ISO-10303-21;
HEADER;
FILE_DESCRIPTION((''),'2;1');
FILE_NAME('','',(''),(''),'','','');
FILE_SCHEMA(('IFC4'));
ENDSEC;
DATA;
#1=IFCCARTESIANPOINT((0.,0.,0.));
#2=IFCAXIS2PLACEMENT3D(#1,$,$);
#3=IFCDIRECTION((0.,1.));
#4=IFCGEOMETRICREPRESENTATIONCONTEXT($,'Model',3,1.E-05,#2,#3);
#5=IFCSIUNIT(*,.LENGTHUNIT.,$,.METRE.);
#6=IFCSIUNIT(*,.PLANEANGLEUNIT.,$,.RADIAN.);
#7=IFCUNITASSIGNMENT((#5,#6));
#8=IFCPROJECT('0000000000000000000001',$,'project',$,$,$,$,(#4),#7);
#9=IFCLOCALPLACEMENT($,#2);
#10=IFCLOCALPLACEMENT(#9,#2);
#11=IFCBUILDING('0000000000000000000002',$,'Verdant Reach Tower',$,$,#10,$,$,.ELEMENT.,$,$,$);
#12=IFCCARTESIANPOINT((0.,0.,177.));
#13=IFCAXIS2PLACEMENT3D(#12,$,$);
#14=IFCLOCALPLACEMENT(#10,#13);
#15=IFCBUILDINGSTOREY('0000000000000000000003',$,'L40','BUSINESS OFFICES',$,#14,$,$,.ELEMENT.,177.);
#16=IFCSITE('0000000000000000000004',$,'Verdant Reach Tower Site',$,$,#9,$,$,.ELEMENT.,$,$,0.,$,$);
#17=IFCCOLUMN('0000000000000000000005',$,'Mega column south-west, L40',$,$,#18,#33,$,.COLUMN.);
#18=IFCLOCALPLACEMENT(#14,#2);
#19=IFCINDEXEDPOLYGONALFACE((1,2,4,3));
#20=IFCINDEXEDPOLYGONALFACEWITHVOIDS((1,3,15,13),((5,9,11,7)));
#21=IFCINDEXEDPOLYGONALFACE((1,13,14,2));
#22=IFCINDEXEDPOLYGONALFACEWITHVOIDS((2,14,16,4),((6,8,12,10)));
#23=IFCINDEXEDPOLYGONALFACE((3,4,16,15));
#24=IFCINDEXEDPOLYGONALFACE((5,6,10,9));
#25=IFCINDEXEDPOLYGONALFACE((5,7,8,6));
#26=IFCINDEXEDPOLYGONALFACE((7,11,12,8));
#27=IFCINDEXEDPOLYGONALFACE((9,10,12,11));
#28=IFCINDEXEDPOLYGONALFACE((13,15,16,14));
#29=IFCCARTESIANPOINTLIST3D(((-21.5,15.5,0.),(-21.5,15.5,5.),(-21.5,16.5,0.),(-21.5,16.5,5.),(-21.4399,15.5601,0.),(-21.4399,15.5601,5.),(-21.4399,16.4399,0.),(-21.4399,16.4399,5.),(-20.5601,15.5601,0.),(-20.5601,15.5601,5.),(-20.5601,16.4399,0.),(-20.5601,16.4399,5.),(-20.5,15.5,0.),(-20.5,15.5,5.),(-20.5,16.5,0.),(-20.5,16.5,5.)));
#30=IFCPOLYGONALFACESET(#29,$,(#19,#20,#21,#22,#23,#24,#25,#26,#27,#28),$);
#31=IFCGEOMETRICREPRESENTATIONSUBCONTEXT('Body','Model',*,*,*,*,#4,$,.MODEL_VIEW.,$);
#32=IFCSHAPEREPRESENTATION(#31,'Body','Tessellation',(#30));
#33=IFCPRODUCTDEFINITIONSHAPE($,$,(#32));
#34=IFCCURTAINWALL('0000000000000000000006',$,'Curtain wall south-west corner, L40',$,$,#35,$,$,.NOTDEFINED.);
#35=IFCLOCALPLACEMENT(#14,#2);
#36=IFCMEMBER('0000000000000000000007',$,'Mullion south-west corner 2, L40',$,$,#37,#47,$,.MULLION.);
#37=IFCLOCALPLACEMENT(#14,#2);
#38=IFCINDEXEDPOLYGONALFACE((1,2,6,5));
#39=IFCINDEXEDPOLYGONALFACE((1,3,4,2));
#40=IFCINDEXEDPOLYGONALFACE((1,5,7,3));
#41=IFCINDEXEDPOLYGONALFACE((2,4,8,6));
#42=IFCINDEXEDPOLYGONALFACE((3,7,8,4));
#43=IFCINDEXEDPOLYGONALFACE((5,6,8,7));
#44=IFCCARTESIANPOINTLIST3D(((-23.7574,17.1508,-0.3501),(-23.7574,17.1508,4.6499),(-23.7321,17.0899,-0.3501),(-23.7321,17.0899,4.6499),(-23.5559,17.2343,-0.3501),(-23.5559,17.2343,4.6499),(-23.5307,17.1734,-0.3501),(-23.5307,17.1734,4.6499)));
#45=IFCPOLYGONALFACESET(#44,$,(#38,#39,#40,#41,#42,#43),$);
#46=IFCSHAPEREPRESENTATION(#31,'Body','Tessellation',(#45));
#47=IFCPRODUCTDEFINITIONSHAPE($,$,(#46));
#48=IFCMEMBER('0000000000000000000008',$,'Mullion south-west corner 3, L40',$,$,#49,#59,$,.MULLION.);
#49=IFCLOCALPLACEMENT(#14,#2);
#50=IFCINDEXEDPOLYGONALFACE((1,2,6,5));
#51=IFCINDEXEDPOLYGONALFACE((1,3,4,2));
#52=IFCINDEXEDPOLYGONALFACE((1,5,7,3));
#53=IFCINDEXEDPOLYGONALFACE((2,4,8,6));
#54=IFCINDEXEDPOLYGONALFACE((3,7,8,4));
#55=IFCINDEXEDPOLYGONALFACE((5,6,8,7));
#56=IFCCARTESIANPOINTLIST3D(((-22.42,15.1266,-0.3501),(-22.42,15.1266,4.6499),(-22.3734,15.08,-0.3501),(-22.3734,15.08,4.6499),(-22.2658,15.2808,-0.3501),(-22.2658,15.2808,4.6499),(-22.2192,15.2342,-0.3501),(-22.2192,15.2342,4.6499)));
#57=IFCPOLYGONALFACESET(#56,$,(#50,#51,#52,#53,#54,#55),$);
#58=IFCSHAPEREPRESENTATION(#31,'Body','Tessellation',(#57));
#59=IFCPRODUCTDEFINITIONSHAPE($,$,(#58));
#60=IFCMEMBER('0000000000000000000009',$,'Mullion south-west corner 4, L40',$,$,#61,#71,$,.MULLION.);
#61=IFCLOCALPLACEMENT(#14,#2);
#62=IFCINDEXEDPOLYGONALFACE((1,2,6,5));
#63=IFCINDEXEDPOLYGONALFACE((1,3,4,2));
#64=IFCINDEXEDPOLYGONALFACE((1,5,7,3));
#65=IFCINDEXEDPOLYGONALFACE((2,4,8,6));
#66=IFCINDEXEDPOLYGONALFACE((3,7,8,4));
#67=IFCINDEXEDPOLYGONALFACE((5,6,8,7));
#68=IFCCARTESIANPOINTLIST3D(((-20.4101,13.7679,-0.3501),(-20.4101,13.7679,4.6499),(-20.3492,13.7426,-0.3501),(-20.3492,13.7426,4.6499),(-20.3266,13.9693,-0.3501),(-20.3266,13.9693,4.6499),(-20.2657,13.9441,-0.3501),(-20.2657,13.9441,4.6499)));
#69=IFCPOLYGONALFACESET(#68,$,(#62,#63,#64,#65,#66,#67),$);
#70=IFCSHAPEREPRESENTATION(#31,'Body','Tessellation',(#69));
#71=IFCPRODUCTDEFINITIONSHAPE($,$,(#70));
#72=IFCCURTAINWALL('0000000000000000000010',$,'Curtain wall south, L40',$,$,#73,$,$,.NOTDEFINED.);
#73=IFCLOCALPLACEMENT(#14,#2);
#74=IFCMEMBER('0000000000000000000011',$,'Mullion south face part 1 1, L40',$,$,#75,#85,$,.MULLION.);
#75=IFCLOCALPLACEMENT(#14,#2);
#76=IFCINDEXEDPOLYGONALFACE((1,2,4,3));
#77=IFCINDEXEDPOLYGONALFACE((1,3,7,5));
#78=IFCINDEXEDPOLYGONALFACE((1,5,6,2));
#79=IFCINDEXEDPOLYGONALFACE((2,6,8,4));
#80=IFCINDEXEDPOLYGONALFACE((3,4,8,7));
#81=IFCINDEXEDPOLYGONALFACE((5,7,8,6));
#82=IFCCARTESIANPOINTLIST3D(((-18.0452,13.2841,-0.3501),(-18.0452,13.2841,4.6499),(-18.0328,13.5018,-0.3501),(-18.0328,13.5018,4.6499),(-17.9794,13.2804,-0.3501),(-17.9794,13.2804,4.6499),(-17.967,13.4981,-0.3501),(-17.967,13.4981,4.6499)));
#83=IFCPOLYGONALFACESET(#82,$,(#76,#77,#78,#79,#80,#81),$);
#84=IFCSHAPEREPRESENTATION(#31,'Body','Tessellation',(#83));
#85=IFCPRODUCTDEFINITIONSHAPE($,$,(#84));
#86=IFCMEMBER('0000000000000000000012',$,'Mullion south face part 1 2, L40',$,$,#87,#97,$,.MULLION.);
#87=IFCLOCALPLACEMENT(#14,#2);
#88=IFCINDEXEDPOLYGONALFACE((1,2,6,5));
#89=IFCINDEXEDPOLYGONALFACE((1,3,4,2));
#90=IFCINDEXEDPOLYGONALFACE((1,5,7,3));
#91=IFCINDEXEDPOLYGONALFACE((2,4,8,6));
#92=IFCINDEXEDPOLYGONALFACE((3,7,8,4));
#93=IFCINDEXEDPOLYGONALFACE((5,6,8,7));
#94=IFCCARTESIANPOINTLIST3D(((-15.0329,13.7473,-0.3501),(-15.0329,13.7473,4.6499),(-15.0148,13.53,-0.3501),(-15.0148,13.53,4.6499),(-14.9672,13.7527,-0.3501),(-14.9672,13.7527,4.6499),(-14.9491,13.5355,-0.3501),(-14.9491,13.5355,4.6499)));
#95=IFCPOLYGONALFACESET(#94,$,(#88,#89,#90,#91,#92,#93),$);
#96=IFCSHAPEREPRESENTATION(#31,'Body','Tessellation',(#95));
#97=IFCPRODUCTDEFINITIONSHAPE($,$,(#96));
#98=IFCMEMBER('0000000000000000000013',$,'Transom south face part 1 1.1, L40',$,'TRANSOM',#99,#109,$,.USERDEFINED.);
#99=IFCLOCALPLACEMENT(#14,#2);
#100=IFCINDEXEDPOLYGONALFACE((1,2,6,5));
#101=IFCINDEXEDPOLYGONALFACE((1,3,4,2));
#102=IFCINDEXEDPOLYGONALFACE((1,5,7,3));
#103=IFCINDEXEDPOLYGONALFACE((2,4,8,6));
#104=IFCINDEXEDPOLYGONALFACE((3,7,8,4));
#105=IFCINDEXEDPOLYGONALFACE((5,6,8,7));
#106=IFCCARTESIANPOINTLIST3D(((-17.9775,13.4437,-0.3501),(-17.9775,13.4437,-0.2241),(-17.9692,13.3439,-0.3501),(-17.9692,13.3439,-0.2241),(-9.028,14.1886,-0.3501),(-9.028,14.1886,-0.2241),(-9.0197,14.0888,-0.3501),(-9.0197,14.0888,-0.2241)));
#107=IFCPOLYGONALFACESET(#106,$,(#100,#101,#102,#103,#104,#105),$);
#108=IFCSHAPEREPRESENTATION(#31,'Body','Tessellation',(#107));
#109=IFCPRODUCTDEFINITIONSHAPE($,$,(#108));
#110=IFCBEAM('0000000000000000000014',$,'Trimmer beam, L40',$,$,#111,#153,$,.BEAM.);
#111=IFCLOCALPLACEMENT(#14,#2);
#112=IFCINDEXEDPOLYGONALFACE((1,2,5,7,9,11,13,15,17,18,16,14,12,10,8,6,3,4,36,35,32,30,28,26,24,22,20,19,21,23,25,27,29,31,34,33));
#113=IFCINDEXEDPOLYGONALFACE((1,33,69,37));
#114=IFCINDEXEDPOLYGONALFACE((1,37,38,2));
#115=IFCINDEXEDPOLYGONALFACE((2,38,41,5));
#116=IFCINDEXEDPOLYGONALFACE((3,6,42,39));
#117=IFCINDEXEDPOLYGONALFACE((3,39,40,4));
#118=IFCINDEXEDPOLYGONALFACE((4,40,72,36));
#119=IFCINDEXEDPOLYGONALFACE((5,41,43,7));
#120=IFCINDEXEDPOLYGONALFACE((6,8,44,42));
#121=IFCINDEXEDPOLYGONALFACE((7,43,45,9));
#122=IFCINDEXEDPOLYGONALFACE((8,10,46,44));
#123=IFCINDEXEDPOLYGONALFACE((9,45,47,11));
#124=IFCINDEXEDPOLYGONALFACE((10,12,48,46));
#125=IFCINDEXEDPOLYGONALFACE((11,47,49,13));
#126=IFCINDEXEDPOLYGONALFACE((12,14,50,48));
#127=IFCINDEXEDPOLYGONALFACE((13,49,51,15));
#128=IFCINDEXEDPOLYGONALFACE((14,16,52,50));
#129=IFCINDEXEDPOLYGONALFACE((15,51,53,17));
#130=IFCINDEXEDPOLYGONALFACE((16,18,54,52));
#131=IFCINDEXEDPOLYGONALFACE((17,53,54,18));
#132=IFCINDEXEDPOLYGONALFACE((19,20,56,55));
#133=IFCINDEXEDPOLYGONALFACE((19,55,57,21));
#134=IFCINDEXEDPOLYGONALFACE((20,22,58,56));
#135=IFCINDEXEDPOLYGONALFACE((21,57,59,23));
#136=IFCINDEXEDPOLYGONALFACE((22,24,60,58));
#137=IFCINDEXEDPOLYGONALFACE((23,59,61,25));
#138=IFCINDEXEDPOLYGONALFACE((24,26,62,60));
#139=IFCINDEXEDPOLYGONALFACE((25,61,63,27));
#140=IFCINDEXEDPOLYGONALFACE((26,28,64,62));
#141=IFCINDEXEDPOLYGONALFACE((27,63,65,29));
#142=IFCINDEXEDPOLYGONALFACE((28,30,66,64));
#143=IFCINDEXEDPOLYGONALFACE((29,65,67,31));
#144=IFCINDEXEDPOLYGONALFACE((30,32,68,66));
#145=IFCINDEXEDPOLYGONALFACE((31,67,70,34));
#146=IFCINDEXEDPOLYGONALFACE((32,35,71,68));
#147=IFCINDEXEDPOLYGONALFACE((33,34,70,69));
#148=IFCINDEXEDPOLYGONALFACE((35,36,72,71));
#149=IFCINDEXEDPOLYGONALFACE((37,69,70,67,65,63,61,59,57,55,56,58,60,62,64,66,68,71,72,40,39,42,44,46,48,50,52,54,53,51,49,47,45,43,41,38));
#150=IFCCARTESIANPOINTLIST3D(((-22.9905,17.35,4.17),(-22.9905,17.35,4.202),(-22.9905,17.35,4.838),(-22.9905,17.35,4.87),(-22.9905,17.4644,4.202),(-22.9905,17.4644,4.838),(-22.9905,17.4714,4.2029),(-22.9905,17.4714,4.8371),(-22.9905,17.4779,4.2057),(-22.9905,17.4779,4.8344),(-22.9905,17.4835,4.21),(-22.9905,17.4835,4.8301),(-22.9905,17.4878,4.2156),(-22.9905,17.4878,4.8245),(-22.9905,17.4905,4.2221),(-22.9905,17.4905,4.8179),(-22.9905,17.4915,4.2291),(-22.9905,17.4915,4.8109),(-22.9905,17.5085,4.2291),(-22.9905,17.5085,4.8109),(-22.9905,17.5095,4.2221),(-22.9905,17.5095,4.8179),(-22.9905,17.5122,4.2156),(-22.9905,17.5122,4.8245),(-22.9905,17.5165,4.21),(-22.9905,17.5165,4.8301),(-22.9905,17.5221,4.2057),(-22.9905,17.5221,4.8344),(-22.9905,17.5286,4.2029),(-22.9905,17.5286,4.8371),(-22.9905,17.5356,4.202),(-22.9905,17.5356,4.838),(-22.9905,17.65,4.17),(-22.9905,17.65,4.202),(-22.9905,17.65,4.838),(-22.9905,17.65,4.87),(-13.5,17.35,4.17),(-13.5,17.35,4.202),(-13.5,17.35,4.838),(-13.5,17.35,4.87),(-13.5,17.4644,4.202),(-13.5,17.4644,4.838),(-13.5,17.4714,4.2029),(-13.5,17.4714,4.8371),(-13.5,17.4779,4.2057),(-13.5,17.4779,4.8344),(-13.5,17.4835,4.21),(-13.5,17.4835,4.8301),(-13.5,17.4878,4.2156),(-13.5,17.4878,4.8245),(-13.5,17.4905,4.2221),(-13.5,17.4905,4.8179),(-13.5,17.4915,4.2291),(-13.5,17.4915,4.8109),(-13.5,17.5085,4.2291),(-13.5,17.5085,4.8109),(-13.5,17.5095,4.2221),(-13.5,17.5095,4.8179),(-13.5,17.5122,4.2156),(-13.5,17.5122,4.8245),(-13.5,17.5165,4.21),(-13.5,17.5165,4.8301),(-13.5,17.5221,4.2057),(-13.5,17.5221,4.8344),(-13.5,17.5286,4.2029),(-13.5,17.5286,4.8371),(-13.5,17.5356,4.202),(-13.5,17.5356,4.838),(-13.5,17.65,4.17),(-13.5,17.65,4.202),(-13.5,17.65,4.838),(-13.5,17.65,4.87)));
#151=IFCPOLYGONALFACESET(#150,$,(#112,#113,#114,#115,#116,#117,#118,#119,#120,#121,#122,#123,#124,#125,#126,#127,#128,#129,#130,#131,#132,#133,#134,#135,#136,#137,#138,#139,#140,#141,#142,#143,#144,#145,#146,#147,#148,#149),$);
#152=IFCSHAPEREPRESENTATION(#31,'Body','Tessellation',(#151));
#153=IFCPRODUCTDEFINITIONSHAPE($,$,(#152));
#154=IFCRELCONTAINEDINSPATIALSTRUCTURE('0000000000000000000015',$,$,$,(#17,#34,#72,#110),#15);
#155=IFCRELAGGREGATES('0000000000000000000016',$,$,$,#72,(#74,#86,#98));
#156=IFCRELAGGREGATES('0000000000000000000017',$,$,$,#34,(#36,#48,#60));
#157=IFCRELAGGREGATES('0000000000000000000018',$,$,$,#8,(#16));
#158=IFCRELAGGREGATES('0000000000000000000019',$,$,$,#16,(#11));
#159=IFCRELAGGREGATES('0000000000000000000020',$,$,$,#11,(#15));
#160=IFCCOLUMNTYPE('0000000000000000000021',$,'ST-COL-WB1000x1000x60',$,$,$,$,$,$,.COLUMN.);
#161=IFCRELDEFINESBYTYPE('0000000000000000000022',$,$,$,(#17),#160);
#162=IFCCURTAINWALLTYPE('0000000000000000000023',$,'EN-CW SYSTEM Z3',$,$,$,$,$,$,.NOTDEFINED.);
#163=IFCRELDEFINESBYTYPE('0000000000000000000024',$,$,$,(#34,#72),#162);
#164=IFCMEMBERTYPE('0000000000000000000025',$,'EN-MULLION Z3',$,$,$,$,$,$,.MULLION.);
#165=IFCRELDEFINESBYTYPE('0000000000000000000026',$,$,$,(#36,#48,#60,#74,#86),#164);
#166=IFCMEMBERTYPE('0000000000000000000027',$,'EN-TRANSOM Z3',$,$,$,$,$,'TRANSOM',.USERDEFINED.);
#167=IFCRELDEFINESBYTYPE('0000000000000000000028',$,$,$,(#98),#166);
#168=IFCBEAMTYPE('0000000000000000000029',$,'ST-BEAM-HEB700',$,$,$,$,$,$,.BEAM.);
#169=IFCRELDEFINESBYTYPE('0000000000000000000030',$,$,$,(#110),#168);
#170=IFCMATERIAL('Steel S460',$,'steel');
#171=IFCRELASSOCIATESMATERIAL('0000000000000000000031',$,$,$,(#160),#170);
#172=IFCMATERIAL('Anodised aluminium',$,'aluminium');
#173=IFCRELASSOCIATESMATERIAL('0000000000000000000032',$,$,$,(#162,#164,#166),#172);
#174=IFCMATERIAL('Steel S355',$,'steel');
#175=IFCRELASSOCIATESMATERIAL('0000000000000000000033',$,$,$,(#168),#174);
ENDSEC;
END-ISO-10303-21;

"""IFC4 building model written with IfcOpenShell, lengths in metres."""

from ifc_helpers import new_model, si_unit, direction, frame, origin, origin_2d, place, context, subcontext, project, spatial, rectangle, hollow_rectangle, i_section, extrude, material, material_profile, profile_set, type_object, element, aggregate, save


model = new_model("IFC4")

# Units and contexts
model_context = context("Model", 3, precision=1e-05, world=origin(), true_north=direction((0.0, 1.0)))
body_context = subcontext(model_context, "Body", "Model", "MODEL_VIEW")
ifc_project = project(units=[si_unit("LENGTHUNIT", "METRE"), si_unit("PLANEANGLEUNIT", "RADIAN")], contexts=[model_context])

# Site, building, storey
site_placement = place(None, origin())
site = spatial("IfcSite", under=ifc_project, at=site_placement, Name="Verdant Reach Tower Site", CompositionType="ELEMENT", RefElevation=0.0)
building_placement = place(site_placement, origin())
building = spatial("IfcBuilding", under=site, at=building_placement, Name="Verdant Reach Tower", CompositionType="ELEMENT")
storey_placement = place(building_placement, frame((0.0, 0.0, 177.0)))
storey = spatial("IfcBuildingStorey", under=building, at=storey_placement, Name="L40", Description="BUSINESS OFFICES", CompositionType="ELEMENT", Elevation=177.0)

# Column
ifc_material_1 = material(Name="Steel S460", Category="steel")
ifc_material_profile_1 = material_profile(ifc_material_1, hollow_rectangle(XDim=1.0, YDim=1.0, WallThickness=0.0601, at=origin_2d()), Name="WB 1000x1000x60")
ifc_profile_set_1 = profile_set([ifc_material_profile_1], Name="Steel S460")
column_type = type_object("IfcColumnType", Name="ST-COL-WB1000x1000x60", PredefinedType="COLUMN", material=ifc_profile_set_1)
column_placement = place(storey_placement, frame((-21.0, 16.0, 0.0), z_axis=(0.0, 0.0, 1.0), x_axis=(1.0, 0.0, 0.0)))
element("IfcColumn", 1, at=column_placement, inside=storey, type_object=column_type, Name="Mega column south-west, L40", PredefinedType="COLUMN", context=body_context, shape_type="SweptSolid", body=[
    extrude(hollow_rectangle(XDim=1.0, YDim=1.0, WallThickness=0.0601, at=origin_2d()), origin(), (0.0, 0.0, 1.0), 5.0),
])

# Curtain walls, members
ifc_material_2 = material(Name="Anodised aluminium", Category="aluminium")
curtain_wall_type = type_object("IfcCurtainWallType", Name="EN-CW SYSTEM Z3", PredefinedType="NOTDEFINED", material=ifc_material_2)
curtain_wall_1_placement = place(storey_placement, origin())
curtain_wall_1 = element("IfcCurtainWall", 2, at=curtain_wall_1_placement, inside=storey, type_object=curtain_wall_type, Name="Curtain wall south-west corner, L40", PredefinedType="NOTDEFINED")
ifc_material_profile_2 = material_profile(ifc_material_2, rectangle(XDim=0.218, YDim=0.0659, at=origin_2d()), Name="Mullion 66x218")
ifc_profile_set_2 = profile_set([ifc_material_profile_2], Name="Anodised aluminium")
member_type_1 = type_object("IfcMemberType", Name="EN-MULLION Z3", PredefinedType="MULLION", material=ifc_profile_set_2)
member_1_placement = place(storey_placement, frame((-23.644, 17.1621, -0.3501), z_axis=(0.0, 0.0, 1.0), x_axis=(-0.923875, -0.382694, 0.0)))
member_1 = element("IfcMember", 3, at=member_1_placement, type_object=member_type_1, Name="Mullion south-west corner 2, L40", PredefinedType="MULLION", context=body_context, shape_type="SweptSolid", body=[
    extrude(rectangle(XDim=0.218, YDim=0.0659, at=origin_2d()), origin(), (0.0, 0.0, 1.0), 5.0),
])
member_2_placement = place(storey_placement, frame((-22.3196, 15.1804, -0.3501), z_axis=(0.0, 0.0, 1.0), x_axis=(-0.707107, -0.707107, 0.0)))
member_2 = element("IfcMember", 4, at=member_2_placement, type_object=member_type_1, Name="Mullion south-west corner 3, L40", PredefinedType="MULLION", context=body_context, shape_type="SweptSolid", body=[
    extrude(rectangle(XDim=0.218, YDim=0.0659, at=origin_2d()), origin(), (0.0, 0.0, 1.0), 5.0),
])
member_3_placement = place(storey_placement, frame((-20.3379, 13.856, -0.3501), z_axis=(0.0, 0.0, 1.0), x_axis=(-0.382694, -0.923875, 0.0)))
member_3 = element("IfcMember", 5, at=member_3_placement, type_object=member_type_1, Name="Mullion south-west corner 4, L40", PredefinedType="MULLION", context=body_context, shape_type="SweptSolid", body=[
    extrude(rectangle(XDim=0.218, YDim=0.0659, at=origin_2d()), origin(), (0.0, 0.0, 1.0), 5.0),
])
curtain_wall_2_placement = place(storey_placement, origin())
curtain_wall_2 = element("IfcCurtainWall", 6, at=curtain_wall_2_placement, inside=storey, type_object=curtain_wall_type, Name="Curtain wall south, L40", PredefinedType="NOTDEFINED")
member_4_placement = place(storey_placement, frame((-18.0061, 13.3911, -0.3501), z_axis=(0.0, 0.0, 1.0), x_axis=(-0.056569, -0.998399, 0.0)))
member_4 = element("IfcMember", 7, at=member_4_placement, type_object=member_type_1, Name="Mullion south face part 1 1, L40", PredefinedType="MULLION", context=body_context, shape_type="SweptSolid", body=[
    extrude(rectangle(XDim=0.218, YDim=0.0659, at=origin_2d()), origin(), (0.0, 0.0, 1.0), 5.0),
])
member_5_placement = place(storey_placement, frame((-14.991, 13.6414, -0.3501), z_axis=(0.0, 0.0, 1.0), x_axis=(0.083045, -0.996546, 0.0)))
member_5 = element("IfcMember", 8, at=member_5_placement, type_object=member_type_1, Name="Mullion south face part 1 2, L40", PredefinedType="MULLION", context=body_context, shape_type="SweptSolid", body=[
    extrude(rectangle(XDim=0.218, YDim=0.0659, at=origin_2d()), origin(), (0.0, 0.0, 1.0), 5.0),
])
ifc_material_profile_3 = material_profile(ifc_material_2, rectangle(XDim=0.1001, YDim=0.126, at=origin_2d()), Name="Transom 126x100")
ifc_profile_set_3 = profile_set([ifc_material_profile_3], Name="Anodised aluminium")
member_type_2 = type_object("IfcMemberType", Name="EN-TRANSOM Z3", ElementType="TRANSOM", PredefinedType="USERDEFINED", material=ifc_profile_set_3)
member_6_placement = place(storey_placement, frame((-17.9734, 13.3938, -0.2871), z_axis=(0.996554, 0.082944, 0.0), x_axis=(-0.082944, 0.996554, 0.0)))
member_6 = element("IfcMember", 9, at=member_6_placement, type_object=member_type_2, Name="Transom south face part 1 1.1, L40", ObjectType="TRANSOM", PredefinedType="USERDEFINED", context=body_context, shape_type="SweptSolid", body=[
    extrude(rectangle(XDim=0.1001, YDim=0.126, at=origin_2d()), origin(), (0.0, 0.0, 1.0), 8.9805),
])

# Beam
ifc_material_3 = material(Name="Steel S355", Category="steel")
ifc_material_profile_4 = material_profile(ifc_material_3, i_section(OverallWidth=0.3, OverallDepth=0.7, WebThickness=0.0171, FlangeThickness=0.032, FilletRadius=0.0271, at=origin_2d()), Name="HEB 700")
ifc_profile_set_4 = profile_set([ifc_material_profile_4], Name="Steel S355")
beam_type_1 = type_object("IfcBeamType", Name="ST-BEAM-HEB700", PredefinedType="BEAM", material=ifc_profile_set_4)
beam_1_placement = place(storey_placement, frame((-13.5, 17.5, 4.52), z_axis=(-1.0, 0.0, 0.0), x_axis=(0.0, -1.0, 0.0)))
element("IfcBeam", 10, at=beam_1_placement, inside=storey, type_object=beam_type_1, Name="Trimmer beam, L40", PredefinedType="BEAM", context=body_context, shape_type="SweptSolid", body=[
    extrude(i_section(OverallWidth=0.3, OverallDepth=0.7, WebThickness=0.0171, FlangeThickness=0.032, FilletRadius=0.0271, at=origin_2d()), origin(), (0.0, 0.0, 1.0), 9.4905),
])

aggregate(curtain_wall_2, [member_4, member_5, member_6])
aggregate(curtain_wall_1, [member_1, member_2, member_3])

save(model, "model.ifc")
